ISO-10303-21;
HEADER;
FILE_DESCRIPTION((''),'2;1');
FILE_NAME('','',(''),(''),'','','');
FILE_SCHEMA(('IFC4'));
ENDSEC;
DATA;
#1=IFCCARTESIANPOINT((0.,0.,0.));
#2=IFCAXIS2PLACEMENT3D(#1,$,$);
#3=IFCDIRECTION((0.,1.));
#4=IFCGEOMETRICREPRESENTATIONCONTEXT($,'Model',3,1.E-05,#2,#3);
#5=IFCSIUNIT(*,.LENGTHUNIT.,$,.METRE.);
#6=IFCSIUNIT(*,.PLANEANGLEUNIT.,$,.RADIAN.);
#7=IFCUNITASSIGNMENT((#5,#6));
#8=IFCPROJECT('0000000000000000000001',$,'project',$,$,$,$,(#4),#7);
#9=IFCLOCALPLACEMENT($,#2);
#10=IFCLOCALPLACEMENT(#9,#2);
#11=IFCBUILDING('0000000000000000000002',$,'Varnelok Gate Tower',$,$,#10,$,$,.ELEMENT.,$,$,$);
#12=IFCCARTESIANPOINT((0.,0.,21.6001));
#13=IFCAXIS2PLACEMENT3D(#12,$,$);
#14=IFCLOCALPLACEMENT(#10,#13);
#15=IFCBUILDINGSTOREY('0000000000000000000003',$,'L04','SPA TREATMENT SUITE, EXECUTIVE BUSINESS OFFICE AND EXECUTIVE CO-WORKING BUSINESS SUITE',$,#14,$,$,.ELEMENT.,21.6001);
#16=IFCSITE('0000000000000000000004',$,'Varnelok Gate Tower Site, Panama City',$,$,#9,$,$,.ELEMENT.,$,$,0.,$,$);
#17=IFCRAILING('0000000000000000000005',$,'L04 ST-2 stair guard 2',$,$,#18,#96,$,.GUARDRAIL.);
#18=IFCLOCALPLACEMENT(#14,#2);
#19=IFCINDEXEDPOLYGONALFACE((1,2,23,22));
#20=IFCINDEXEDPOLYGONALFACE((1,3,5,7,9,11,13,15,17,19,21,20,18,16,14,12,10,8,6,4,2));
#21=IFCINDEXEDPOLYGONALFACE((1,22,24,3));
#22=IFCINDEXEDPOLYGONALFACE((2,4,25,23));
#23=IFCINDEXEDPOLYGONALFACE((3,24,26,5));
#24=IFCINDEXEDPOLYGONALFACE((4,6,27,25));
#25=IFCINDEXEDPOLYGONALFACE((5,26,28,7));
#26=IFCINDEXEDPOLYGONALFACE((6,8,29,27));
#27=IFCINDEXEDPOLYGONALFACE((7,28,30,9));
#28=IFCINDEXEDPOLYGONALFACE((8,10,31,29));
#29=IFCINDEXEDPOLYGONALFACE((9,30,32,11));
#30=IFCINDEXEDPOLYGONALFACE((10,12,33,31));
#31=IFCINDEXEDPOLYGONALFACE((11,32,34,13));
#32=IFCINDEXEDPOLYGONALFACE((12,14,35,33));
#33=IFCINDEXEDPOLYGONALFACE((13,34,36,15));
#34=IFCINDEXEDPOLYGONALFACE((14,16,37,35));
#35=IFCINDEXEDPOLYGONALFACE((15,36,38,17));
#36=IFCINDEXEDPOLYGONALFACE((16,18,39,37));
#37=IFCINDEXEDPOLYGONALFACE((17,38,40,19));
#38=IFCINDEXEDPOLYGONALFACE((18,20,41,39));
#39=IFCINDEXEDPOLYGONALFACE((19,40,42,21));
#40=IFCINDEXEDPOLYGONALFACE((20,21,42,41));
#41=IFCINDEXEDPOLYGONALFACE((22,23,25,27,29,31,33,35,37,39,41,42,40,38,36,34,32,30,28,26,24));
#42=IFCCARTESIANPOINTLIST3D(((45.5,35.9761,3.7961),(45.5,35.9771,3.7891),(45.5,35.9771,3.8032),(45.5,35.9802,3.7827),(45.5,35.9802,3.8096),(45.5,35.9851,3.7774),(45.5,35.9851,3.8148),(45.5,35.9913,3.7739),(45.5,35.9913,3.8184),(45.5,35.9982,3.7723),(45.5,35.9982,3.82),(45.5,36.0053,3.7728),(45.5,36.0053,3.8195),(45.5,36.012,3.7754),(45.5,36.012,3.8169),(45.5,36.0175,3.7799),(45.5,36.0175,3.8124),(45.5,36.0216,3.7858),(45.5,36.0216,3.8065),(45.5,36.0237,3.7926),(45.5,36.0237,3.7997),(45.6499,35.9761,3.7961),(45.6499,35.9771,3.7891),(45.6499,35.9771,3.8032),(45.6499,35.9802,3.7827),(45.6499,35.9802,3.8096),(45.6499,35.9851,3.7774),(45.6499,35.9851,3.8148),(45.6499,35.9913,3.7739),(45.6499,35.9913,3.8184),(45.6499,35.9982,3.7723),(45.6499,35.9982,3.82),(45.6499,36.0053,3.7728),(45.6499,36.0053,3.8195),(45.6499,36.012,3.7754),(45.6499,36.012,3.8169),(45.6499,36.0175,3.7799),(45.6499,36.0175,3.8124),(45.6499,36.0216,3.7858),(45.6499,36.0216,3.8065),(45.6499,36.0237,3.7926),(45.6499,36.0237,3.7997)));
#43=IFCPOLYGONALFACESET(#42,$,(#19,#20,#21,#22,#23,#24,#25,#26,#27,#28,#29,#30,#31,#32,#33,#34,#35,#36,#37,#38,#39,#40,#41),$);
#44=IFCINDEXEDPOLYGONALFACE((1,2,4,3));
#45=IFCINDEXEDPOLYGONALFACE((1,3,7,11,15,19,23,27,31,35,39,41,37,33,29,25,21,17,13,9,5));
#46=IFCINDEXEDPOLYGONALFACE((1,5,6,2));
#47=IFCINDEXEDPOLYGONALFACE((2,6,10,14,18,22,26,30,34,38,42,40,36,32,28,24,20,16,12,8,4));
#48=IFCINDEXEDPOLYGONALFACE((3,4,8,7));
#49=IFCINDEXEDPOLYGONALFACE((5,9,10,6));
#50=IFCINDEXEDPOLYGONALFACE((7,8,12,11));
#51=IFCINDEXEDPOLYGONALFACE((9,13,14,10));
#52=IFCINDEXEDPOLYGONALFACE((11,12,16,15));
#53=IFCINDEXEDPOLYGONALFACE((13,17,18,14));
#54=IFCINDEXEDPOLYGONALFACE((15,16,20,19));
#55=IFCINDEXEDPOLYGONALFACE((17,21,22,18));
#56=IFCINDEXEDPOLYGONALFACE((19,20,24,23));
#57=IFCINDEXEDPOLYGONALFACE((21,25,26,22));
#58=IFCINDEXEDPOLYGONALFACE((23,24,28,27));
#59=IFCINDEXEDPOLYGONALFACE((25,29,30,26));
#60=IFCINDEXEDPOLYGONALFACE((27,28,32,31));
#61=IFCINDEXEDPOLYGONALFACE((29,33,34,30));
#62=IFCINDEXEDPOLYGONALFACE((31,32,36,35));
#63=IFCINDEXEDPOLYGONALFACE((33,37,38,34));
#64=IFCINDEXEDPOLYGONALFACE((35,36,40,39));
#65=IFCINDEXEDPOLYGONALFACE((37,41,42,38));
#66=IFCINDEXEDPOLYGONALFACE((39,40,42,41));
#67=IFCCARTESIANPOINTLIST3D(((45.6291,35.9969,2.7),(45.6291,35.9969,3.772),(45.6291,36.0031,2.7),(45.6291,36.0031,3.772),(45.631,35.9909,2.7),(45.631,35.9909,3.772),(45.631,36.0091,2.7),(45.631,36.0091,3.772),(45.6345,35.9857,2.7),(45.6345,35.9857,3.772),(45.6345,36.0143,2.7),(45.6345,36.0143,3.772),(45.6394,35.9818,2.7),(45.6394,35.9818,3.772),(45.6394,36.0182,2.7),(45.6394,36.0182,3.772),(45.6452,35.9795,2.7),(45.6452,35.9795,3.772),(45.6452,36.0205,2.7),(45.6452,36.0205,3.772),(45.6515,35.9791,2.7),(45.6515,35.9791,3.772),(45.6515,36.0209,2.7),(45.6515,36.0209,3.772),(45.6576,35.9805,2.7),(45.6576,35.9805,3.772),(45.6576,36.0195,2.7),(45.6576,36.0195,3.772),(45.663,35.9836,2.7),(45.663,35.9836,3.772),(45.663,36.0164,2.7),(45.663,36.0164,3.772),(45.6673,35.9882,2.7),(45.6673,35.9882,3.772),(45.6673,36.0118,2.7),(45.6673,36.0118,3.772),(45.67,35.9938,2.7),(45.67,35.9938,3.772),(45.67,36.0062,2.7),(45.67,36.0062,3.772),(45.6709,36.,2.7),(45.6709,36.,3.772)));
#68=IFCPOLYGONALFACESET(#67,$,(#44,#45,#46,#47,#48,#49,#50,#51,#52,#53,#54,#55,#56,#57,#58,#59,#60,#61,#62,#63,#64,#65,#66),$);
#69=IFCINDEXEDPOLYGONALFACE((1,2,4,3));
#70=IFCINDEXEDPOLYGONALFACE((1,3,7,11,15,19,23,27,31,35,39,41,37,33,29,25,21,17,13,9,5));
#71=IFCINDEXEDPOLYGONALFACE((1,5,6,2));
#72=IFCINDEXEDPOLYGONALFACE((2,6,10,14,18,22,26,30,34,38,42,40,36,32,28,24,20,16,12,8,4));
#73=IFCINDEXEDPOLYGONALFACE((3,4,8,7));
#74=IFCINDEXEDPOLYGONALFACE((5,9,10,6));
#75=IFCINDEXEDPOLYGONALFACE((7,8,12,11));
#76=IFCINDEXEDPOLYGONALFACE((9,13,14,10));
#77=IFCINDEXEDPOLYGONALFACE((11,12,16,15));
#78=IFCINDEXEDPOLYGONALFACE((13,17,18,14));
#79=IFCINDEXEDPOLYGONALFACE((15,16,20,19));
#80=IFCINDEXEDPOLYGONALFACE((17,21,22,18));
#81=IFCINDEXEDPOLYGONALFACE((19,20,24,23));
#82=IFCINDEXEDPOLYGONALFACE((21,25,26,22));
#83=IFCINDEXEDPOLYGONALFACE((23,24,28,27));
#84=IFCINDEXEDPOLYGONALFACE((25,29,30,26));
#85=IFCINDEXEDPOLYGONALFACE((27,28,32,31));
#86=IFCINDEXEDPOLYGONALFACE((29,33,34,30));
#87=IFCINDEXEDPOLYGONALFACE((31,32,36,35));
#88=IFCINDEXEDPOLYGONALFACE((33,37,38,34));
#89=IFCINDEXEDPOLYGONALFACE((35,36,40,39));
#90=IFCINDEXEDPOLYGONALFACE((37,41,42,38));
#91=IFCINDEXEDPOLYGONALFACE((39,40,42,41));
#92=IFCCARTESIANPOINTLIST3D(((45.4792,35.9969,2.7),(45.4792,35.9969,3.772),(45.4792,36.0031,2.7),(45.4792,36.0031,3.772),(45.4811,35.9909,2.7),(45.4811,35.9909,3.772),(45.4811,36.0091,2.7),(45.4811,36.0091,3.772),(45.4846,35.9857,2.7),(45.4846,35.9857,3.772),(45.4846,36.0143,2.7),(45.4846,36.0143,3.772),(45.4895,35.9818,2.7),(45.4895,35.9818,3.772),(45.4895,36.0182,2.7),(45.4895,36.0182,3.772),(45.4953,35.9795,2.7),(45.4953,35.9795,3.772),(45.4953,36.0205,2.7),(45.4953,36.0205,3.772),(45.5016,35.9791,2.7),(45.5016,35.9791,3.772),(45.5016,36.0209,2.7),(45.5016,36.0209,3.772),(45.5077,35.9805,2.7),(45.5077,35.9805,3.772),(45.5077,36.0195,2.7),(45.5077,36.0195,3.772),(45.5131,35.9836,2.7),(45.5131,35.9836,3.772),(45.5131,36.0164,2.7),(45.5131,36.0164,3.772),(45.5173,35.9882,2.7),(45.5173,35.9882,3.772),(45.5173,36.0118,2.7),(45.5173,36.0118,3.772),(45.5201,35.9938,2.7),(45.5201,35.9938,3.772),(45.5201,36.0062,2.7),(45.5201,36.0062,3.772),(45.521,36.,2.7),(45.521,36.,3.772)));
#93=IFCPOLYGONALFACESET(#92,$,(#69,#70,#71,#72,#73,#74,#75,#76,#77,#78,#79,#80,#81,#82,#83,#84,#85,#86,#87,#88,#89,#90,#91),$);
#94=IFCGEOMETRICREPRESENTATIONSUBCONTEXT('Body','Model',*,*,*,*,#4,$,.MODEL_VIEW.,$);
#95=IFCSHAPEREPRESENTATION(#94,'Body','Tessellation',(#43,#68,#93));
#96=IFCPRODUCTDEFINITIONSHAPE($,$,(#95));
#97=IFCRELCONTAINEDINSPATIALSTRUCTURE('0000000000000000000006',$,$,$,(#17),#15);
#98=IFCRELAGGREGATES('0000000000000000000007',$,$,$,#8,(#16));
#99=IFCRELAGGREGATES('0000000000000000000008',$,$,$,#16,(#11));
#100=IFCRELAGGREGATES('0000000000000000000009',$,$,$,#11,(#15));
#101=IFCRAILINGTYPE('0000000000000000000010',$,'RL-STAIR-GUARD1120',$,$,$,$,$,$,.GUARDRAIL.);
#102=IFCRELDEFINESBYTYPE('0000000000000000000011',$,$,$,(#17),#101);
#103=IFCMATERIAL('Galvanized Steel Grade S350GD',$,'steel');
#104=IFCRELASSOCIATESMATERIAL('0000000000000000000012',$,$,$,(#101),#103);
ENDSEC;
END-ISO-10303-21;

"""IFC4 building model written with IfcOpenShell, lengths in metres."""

from ifc_helpers import new_model, si_unit, direction, frame, origin, origin_2d, place, context, subcontext, project, spatial, circle, extrude, material, type_object, element, save


model = new_model("IFC4")

# Units and contexts
model_context = context("Model", 3, precision=1e-05, world=origin(), true_north=direction((0.0, 1.0)))
body_context = subcontext(model_context, "Body", "Model", "MODEL_VIEW")
ifc_project = project(units=[si_unit("LENGTHUNIT", "METRE"), si_unit("PLANEANGLEUNIT", "RADIAN")], contexts=[model_context])

# Site, building, storey
site_placement = place(None, origin())
site = spatial("IfcSite", under=ifc_project, at=site_placement, Name="Varnelok Gate Tower Site, Panama City", CompositionType="ELEMENT", RefElevation=0.0)
building_placement = place(site_placement, origin())
building = spatial("IfcBuilding", under=site, at=building_placement, Name="Varnelok Gate Tower", CompositionType="ELEMENT")
storey_placement = place(building_placement, frame((0.0, 0.0, 21.6001)))
storey = spatial("IfcBuildingStorey", under=building, at=storey_placement, Name="L04", Description="SPA TREATMENT SUITE, EXECUTIVE BUSINESS OFFICE AND EXECUTIVE CO-WORKING BUSINESS SUITE", CompositionType="ELEMENT", Elevation=21.6001)

# Shared definitions
ifc_material_1 = material(Name="Galvanized Steel Grade S350GD", Category="steel")

# Railing
railing_type_1 = type_object("IfcRailingType", Name="RL-STAIR-GUARD1120", PredefinedType="GUARDRAIL", material=ifc_material_1)
railing_1_placement = place(storey_placement, frame((45.6499, 36.0, 2.7)))
element("IfcRailing", 1, at=railing_1_placement, inside=storey, type_object=railing_type_1, Name="L04 ST-2 stair guard 2", PredefinedType="GUARDRAIL", context=body_context, shape_type="SweptSolid", body=[
    extrude(circle(Radius=0.0239, at=origin_2d()), frame((0.0, 0.0, 1.0962), z_axis=(-1.0, 0.0, 0.0), x_axis=(0.0, -1.0, 0.0)), (0.0, 0.0, 1.0), 0.1499),
    extrude(circle(Radius=0.021, at=origin_2d()), origin(), (0.0, 0.0, 1.0), 1.072),
    extrude(circle(Radius=0.021, at=origin_2d()), frame((-0.1499, 0.0, 0.0)), (0.0, 0.0, 1.0), 1.072),
])

save(model, "model.ifc")
